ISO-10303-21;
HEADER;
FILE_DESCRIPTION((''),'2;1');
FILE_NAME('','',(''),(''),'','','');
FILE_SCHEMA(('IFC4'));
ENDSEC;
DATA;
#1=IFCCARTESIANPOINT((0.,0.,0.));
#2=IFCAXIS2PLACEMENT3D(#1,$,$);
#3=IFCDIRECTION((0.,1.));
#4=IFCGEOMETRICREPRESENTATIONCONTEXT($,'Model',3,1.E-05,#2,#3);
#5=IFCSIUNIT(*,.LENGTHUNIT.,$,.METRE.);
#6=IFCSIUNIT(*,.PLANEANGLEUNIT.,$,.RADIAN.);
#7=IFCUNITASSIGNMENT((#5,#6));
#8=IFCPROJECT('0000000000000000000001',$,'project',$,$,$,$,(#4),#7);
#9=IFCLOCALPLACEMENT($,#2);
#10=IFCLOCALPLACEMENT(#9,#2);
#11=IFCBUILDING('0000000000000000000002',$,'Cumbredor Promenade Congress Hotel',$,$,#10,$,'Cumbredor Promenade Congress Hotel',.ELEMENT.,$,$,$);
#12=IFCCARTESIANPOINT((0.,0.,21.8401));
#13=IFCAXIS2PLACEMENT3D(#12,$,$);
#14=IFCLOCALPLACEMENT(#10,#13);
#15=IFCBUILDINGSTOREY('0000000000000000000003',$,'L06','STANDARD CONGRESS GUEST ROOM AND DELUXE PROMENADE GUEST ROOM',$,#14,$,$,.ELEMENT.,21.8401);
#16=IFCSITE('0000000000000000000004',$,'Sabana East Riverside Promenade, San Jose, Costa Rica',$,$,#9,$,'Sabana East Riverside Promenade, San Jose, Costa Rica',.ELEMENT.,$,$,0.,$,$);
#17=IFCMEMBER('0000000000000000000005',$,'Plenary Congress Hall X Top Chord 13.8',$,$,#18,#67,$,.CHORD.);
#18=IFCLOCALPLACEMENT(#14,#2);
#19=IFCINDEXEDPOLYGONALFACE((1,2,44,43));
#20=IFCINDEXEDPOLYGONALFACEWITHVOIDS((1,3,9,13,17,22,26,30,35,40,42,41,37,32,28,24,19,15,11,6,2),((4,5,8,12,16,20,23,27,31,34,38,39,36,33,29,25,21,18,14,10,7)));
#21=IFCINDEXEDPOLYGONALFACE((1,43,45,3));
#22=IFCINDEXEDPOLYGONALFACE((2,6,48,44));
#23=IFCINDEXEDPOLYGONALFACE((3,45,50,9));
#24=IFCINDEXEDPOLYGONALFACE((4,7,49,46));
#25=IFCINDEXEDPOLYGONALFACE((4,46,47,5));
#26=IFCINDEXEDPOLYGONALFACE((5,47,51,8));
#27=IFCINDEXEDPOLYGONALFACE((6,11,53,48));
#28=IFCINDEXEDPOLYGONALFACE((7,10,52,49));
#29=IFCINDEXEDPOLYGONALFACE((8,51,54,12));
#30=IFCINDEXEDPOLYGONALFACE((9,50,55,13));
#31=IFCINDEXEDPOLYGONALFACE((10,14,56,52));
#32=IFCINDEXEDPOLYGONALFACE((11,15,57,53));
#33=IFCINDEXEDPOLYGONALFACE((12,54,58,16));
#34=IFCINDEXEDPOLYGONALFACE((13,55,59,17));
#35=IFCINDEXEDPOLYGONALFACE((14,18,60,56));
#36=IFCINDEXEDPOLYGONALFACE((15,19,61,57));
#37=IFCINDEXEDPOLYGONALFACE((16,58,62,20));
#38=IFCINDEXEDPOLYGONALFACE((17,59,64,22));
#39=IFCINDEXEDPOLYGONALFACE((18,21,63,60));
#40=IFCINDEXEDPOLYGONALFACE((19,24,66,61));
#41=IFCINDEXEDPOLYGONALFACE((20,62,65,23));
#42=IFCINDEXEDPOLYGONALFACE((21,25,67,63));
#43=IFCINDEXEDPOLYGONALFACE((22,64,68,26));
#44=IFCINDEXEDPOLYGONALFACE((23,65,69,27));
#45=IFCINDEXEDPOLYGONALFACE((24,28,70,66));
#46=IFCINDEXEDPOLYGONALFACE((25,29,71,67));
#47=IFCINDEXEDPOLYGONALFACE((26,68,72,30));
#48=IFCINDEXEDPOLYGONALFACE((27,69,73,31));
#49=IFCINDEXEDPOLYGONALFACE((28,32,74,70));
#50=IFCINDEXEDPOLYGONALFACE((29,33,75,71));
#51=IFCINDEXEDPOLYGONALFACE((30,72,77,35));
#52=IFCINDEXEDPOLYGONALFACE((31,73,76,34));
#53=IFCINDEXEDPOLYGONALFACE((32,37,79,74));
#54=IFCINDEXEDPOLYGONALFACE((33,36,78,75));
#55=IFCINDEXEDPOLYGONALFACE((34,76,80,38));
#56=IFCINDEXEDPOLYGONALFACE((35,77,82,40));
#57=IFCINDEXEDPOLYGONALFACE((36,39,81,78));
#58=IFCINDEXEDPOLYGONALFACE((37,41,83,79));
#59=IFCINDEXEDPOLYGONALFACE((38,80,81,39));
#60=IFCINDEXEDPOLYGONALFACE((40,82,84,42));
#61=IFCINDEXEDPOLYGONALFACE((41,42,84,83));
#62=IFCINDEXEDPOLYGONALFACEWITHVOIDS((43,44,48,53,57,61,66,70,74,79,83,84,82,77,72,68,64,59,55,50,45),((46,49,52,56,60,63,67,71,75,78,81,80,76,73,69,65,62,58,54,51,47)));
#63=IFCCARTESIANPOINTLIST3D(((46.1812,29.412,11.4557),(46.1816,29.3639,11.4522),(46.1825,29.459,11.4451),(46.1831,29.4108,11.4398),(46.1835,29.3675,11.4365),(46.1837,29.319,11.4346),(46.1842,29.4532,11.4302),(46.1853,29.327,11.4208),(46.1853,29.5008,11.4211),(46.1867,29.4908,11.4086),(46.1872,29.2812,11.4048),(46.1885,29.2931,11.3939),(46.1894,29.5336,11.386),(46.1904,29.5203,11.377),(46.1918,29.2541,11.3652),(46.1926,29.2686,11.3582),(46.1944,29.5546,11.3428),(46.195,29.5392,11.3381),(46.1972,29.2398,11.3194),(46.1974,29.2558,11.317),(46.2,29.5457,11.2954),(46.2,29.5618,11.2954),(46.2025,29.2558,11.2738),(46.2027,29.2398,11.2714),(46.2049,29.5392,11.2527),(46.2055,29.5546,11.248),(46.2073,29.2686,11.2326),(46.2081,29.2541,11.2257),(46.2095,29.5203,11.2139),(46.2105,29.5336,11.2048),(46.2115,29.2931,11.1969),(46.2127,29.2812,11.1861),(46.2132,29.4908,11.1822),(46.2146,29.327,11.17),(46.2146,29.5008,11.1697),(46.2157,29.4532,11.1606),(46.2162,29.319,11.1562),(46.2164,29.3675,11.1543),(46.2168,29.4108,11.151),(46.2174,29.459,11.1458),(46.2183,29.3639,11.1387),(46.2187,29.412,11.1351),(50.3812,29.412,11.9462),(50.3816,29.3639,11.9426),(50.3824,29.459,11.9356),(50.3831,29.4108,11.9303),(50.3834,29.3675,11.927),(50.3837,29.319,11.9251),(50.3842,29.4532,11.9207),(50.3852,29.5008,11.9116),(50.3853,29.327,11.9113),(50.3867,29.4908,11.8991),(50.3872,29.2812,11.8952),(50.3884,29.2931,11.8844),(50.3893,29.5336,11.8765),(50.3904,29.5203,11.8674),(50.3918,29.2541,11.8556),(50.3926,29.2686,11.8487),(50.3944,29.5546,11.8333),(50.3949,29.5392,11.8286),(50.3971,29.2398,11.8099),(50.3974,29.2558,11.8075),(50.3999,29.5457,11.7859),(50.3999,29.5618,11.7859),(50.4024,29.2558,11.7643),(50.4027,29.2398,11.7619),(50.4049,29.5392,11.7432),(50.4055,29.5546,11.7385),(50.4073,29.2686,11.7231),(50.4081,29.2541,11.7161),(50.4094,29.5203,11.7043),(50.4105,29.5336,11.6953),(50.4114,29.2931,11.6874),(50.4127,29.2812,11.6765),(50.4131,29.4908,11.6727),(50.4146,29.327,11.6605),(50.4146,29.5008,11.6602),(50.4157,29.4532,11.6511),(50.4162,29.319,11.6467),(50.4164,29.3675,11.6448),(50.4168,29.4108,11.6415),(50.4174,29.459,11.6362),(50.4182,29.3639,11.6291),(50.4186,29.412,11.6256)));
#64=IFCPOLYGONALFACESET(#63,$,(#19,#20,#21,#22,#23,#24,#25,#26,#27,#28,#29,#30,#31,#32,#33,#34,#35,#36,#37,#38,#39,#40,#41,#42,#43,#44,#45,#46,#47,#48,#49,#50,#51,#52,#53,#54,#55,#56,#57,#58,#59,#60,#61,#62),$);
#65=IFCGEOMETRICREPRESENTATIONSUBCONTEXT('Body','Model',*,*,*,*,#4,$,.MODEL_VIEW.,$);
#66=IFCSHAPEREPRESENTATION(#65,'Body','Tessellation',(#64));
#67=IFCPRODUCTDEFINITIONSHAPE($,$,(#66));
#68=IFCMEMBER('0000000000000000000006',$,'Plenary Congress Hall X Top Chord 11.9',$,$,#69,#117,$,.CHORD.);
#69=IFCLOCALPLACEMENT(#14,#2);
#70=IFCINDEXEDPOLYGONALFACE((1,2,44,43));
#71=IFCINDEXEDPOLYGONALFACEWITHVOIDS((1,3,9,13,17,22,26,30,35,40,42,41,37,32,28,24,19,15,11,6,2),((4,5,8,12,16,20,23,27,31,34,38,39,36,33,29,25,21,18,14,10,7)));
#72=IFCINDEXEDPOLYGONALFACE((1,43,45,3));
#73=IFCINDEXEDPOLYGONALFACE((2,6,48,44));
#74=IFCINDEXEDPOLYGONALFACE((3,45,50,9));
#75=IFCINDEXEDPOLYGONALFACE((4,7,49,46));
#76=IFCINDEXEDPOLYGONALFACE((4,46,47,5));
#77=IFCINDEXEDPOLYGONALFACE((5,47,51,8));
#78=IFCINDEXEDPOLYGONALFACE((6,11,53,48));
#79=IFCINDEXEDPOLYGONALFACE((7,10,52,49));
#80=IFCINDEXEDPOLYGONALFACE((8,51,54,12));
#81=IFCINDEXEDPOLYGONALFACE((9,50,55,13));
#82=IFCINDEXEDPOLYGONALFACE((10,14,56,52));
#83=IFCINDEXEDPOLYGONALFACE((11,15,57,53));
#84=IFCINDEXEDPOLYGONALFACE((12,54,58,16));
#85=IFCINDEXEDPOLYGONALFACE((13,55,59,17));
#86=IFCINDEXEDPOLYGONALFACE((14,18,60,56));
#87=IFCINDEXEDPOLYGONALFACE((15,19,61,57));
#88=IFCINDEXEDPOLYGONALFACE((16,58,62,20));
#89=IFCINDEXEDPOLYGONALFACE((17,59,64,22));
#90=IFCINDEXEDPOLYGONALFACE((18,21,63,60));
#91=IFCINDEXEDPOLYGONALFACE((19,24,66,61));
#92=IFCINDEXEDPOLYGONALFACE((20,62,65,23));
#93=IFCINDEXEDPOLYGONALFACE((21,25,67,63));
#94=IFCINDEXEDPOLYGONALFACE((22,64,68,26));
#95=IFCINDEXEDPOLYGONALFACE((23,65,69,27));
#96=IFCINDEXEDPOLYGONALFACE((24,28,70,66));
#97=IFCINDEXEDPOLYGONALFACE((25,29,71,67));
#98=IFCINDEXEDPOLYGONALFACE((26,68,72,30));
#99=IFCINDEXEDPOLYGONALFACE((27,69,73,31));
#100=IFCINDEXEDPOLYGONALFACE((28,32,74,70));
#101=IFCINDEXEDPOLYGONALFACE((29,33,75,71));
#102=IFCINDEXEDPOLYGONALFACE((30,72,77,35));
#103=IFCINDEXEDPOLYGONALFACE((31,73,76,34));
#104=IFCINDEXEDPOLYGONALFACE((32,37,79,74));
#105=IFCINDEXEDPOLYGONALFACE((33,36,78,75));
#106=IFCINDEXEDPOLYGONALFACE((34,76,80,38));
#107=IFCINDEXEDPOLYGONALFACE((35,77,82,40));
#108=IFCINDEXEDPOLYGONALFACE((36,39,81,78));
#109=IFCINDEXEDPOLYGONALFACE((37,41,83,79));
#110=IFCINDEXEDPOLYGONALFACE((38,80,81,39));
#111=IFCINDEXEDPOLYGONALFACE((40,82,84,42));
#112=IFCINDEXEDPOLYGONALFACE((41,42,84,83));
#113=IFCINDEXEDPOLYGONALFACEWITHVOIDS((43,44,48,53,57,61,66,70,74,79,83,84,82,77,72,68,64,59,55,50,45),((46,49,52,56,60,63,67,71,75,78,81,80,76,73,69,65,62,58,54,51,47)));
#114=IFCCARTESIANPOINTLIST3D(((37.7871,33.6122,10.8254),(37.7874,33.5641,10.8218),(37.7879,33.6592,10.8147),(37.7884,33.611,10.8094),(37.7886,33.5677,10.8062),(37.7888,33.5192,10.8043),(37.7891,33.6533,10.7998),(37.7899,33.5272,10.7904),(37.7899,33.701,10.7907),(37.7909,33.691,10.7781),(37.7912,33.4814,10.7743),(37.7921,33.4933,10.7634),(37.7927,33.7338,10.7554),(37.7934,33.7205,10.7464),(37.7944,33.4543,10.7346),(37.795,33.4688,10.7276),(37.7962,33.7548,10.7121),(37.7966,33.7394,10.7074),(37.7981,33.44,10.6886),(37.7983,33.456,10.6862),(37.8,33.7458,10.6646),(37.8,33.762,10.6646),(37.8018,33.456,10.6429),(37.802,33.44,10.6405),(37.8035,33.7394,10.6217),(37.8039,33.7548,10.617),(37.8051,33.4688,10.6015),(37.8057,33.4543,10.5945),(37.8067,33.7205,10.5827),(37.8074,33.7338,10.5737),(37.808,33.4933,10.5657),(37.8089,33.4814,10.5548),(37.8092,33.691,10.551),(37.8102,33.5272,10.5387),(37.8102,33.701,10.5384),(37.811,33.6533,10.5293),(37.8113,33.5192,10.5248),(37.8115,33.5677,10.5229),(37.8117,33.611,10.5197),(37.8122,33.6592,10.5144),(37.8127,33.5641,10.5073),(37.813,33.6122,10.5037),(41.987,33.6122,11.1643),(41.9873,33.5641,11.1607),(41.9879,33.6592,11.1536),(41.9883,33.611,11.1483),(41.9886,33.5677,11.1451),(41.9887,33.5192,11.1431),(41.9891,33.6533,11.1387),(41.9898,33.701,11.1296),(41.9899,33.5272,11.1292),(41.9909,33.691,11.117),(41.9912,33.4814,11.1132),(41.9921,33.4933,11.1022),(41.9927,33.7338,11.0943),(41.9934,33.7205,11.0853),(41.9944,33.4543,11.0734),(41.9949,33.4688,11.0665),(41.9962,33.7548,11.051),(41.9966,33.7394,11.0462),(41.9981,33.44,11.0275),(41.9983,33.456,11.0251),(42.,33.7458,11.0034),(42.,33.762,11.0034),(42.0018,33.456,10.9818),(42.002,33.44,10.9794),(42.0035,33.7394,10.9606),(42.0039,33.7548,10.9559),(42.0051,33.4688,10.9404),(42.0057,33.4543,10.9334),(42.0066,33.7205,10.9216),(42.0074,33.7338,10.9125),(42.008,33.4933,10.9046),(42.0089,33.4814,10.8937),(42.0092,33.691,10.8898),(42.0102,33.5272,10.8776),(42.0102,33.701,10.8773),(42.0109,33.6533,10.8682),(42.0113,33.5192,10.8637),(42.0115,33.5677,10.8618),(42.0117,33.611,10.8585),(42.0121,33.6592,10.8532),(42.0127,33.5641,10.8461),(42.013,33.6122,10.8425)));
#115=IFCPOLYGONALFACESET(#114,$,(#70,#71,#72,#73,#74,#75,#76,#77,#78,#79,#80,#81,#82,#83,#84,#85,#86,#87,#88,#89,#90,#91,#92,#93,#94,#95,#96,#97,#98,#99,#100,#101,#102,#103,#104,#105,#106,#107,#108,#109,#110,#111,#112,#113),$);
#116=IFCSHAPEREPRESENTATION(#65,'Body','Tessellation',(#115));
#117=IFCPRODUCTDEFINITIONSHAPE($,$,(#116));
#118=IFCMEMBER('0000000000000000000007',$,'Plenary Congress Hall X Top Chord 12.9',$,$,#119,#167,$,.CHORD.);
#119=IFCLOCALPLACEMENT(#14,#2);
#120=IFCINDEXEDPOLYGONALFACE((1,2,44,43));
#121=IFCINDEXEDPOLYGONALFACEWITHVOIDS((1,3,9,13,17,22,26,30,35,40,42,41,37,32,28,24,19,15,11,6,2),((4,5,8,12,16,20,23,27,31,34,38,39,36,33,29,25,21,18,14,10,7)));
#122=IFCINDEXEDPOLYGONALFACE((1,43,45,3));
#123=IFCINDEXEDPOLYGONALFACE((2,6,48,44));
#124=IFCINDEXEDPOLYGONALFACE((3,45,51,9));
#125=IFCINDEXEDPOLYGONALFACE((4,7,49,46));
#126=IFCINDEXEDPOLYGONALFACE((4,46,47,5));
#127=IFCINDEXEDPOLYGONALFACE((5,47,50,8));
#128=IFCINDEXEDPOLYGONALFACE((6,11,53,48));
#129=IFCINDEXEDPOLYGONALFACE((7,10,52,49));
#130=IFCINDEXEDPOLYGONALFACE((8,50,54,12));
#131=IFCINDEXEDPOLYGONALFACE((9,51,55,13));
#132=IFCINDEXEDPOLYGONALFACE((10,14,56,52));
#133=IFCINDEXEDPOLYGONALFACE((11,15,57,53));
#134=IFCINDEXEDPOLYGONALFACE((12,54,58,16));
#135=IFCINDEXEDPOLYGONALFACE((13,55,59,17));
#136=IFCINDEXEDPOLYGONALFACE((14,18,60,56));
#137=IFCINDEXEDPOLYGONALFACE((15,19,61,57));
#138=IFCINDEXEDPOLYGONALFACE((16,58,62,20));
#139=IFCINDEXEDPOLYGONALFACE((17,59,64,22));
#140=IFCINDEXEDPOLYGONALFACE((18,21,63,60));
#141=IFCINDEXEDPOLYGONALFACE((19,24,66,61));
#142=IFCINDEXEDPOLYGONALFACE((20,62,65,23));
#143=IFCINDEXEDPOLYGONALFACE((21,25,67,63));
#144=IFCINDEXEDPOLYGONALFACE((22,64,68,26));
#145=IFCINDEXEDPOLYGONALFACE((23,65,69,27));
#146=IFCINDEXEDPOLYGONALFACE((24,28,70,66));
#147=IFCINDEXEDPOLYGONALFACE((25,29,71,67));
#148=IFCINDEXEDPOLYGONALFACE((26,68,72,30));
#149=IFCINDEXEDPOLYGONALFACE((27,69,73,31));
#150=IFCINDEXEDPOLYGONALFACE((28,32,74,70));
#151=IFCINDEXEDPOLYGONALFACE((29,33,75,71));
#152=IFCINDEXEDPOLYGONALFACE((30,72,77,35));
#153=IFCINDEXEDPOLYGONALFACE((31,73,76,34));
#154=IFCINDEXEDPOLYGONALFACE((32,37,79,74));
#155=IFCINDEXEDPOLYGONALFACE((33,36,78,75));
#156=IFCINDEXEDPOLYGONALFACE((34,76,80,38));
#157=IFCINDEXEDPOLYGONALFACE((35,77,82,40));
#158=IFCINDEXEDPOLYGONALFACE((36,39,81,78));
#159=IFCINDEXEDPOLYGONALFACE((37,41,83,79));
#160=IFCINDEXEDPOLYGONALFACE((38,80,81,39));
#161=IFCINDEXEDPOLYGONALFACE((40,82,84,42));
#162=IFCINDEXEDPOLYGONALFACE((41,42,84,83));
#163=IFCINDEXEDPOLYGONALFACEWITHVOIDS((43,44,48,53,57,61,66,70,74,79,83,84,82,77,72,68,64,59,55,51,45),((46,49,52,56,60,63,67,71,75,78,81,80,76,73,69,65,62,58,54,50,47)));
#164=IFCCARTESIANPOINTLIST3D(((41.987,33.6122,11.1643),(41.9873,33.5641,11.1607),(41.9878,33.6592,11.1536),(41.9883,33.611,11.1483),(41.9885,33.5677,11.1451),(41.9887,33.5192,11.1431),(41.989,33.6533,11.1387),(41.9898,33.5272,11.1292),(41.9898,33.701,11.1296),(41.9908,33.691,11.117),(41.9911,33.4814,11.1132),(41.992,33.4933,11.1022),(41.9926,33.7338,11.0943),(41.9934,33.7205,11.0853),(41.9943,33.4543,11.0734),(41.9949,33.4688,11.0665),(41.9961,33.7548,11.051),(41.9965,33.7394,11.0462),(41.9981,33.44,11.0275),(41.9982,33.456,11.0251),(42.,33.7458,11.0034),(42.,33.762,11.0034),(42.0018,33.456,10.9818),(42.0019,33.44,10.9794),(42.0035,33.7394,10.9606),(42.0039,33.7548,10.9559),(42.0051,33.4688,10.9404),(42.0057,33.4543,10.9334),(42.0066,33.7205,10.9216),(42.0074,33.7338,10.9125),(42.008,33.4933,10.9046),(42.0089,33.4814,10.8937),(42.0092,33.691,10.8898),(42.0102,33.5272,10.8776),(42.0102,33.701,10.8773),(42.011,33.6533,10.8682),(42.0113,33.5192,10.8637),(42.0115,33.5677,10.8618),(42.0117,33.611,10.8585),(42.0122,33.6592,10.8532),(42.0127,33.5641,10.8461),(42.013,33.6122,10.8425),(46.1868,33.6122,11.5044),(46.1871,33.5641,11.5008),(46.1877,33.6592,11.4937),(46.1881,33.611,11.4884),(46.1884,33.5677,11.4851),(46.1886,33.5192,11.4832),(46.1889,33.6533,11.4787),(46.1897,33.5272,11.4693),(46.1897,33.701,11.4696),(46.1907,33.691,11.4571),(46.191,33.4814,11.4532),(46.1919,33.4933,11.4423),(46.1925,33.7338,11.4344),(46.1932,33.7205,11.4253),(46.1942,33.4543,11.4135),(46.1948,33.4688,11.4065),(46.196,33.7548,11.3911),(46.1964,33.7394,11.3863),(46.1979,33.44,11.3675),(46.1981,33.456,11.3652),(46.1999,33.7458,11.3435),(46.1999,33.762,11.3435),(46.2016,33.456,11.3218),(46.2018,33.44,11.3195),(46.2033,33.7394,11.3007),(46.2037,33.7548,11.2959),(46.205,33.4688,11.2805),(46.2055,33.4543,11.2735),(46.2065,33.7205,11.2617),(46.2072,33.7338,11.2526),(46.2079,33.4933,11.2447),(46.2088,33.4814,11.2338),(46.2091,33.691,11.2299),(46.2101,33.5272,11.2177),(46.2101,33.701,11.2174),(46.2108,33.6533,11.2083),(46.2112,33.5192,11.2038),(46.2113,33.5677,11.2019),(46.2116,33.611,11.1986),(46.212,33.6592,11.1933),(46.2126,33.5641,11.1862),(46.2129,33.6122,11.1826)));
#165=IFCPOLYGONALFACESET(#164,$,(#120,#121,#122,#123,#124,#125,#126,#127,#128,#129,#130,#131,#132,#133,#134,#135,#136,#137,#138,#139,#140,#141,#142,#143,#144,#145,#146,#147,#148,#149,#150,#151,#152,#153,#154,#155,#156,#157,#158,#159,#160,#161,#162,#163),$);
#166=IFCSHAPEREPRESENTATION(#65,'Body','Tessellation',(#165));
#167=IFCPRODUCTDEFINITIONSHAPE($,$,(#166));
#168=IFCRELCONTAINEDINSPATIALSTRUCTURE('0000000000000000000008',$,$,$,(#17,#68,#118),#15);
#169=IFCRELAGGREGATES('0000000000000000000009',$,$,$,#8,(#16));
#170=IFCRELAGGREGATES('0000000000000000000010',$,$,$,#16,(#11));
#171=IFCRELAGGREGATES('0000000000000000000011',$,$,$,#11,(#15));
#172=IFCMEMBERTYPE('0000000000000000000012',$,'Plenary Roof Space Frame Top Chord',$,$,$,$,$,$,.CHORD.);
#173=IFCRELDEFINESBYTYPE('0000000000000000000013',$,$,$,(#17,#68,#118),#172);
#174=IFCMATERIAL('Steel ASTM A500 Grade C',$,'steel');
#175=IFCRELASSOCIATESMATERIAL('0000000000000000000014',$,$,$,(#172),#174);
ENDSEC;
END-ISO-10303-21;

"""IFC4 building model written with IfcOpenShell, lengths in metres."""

from ifc_helpers import new_model, si_unit, direction, frame, origin, origin_2d, place, context, subcontext, project, spatial, hollow_circle, extrude, material, material_profile, profile_set, type_object, element, save


model = new_model("IFC4")

# Units and contexts
model_context = context("Model", 3, precision=1e-05, world=origin(), true_north=direction((0.0, 1.0)))
body_context = subcontext(model_context, "Body", "Model", "MODEL_VIEW")
ifc_project = project(units=[si_unit("LENGTHUNIT", "METRE"), si_unit("PLANEANGLEUNIT", "RADIAN")], contexts=[model_context])

# Site, building, storey
site_placement = place(None, origin())
site = spatial("IfcSite", under=ifc_project, at=site_placement, Name="Sabana East Riverside Promenade, San Jose, Costa Rica", LongName="Sabana East Riverside Promenade, San Jose, Costa Rica", CompositionType="ELEMENT", RefElevation=0.0)
building_placement = place(site_placement, origin())
building = spatial("IfcBuilding", under=site, at=building_placement, Name="Cumbredor Promenade Congress Hotel", LongName="Cumbredor Promenade Congress Hotel", CompositionType="ELEMENT")
storey_placement = place(building_placement, frame((0.0, 0.0, 21.8401)))
storey = spatial("IfcBuildingStorey", under=building, at=storey_placement, Name="L06", Description="STANDARD CONGRESS GUEST ROOM AND DELUXE PROMENADE GUEST ROOM", CompositionType="ELEMENT", Elevation=21.8401)

# Members
ifc_material_1 = material(Name="Steel ASTM A500 Grade C", Category="steel")
ifc_material_profile_1 = material_profile(ifc_material_1, hollow_circle(Radius=0.1619, WallThickness=0.0161, at=origin_2d()), Name="CHS 323.9x16")
ifc_profile_set_1 = profile_set([ifc_material_profile_1], Name="Steel ASTM A500 Grade C")
member_type_1 = type_object("IfcMemberType", Name="Plenary Roof Space Frame Top Chord", PredefinedType="CHORD", material=ifc_profile_set_1)
member_1_placement = place(storey_placement, frame((46.2, 29.3999, 11.2954), z_axis=(0.99325, 0.0, 0.115994), x_axis=(0.0, 1.0, 0.0)))
element("IfcMember", 1, at=member_1_placement, inside=storey, type_object=member_type_1, Name="Plenary Congress Hall X Top Chord 13.8", PredefinedType="CHORD", context=body_context, shape_type="SweptSolid", body=[
    extrude(hollow_circle(Radius=0.1619, WallThickness=0.0161, at=origin_2d()), origin(), (0.0, 0.0, 1.0), 4.2285),
])
for number, where, z_axis, x_axis, name in (
    (2, (37.8, 33.6001, 10.6646), (0.996761, 0.0, 0.080422), (0.0, 1.0, 0.0), "Plenary Congress Hall X Top Chord 11.9"),
    (3, (42.0, 33.6001, 11.0034), (0.996738, 0.0, 0.08071), (0.0, 1.0, 0.0), "Plenary Congress Hall X Top Chord 12.9"),
):
    element("IfcMember", number, at=place(storey_placement, frame(where, z_axis=z_axis, x_axis=x_axis)), inside=storey, type_object=member_type_1, Name=name, PredefinedType="CHORD", context=body_context, shape_type="SweptSolid", body=[
        extrude(hollow_circle(Radius=0.1619, WallThickness=0.0161, at=origin_2d()), origin(), (0.0, 0.0, 1.0), 4.2136),
    ])

save(model, "model.ifc")
